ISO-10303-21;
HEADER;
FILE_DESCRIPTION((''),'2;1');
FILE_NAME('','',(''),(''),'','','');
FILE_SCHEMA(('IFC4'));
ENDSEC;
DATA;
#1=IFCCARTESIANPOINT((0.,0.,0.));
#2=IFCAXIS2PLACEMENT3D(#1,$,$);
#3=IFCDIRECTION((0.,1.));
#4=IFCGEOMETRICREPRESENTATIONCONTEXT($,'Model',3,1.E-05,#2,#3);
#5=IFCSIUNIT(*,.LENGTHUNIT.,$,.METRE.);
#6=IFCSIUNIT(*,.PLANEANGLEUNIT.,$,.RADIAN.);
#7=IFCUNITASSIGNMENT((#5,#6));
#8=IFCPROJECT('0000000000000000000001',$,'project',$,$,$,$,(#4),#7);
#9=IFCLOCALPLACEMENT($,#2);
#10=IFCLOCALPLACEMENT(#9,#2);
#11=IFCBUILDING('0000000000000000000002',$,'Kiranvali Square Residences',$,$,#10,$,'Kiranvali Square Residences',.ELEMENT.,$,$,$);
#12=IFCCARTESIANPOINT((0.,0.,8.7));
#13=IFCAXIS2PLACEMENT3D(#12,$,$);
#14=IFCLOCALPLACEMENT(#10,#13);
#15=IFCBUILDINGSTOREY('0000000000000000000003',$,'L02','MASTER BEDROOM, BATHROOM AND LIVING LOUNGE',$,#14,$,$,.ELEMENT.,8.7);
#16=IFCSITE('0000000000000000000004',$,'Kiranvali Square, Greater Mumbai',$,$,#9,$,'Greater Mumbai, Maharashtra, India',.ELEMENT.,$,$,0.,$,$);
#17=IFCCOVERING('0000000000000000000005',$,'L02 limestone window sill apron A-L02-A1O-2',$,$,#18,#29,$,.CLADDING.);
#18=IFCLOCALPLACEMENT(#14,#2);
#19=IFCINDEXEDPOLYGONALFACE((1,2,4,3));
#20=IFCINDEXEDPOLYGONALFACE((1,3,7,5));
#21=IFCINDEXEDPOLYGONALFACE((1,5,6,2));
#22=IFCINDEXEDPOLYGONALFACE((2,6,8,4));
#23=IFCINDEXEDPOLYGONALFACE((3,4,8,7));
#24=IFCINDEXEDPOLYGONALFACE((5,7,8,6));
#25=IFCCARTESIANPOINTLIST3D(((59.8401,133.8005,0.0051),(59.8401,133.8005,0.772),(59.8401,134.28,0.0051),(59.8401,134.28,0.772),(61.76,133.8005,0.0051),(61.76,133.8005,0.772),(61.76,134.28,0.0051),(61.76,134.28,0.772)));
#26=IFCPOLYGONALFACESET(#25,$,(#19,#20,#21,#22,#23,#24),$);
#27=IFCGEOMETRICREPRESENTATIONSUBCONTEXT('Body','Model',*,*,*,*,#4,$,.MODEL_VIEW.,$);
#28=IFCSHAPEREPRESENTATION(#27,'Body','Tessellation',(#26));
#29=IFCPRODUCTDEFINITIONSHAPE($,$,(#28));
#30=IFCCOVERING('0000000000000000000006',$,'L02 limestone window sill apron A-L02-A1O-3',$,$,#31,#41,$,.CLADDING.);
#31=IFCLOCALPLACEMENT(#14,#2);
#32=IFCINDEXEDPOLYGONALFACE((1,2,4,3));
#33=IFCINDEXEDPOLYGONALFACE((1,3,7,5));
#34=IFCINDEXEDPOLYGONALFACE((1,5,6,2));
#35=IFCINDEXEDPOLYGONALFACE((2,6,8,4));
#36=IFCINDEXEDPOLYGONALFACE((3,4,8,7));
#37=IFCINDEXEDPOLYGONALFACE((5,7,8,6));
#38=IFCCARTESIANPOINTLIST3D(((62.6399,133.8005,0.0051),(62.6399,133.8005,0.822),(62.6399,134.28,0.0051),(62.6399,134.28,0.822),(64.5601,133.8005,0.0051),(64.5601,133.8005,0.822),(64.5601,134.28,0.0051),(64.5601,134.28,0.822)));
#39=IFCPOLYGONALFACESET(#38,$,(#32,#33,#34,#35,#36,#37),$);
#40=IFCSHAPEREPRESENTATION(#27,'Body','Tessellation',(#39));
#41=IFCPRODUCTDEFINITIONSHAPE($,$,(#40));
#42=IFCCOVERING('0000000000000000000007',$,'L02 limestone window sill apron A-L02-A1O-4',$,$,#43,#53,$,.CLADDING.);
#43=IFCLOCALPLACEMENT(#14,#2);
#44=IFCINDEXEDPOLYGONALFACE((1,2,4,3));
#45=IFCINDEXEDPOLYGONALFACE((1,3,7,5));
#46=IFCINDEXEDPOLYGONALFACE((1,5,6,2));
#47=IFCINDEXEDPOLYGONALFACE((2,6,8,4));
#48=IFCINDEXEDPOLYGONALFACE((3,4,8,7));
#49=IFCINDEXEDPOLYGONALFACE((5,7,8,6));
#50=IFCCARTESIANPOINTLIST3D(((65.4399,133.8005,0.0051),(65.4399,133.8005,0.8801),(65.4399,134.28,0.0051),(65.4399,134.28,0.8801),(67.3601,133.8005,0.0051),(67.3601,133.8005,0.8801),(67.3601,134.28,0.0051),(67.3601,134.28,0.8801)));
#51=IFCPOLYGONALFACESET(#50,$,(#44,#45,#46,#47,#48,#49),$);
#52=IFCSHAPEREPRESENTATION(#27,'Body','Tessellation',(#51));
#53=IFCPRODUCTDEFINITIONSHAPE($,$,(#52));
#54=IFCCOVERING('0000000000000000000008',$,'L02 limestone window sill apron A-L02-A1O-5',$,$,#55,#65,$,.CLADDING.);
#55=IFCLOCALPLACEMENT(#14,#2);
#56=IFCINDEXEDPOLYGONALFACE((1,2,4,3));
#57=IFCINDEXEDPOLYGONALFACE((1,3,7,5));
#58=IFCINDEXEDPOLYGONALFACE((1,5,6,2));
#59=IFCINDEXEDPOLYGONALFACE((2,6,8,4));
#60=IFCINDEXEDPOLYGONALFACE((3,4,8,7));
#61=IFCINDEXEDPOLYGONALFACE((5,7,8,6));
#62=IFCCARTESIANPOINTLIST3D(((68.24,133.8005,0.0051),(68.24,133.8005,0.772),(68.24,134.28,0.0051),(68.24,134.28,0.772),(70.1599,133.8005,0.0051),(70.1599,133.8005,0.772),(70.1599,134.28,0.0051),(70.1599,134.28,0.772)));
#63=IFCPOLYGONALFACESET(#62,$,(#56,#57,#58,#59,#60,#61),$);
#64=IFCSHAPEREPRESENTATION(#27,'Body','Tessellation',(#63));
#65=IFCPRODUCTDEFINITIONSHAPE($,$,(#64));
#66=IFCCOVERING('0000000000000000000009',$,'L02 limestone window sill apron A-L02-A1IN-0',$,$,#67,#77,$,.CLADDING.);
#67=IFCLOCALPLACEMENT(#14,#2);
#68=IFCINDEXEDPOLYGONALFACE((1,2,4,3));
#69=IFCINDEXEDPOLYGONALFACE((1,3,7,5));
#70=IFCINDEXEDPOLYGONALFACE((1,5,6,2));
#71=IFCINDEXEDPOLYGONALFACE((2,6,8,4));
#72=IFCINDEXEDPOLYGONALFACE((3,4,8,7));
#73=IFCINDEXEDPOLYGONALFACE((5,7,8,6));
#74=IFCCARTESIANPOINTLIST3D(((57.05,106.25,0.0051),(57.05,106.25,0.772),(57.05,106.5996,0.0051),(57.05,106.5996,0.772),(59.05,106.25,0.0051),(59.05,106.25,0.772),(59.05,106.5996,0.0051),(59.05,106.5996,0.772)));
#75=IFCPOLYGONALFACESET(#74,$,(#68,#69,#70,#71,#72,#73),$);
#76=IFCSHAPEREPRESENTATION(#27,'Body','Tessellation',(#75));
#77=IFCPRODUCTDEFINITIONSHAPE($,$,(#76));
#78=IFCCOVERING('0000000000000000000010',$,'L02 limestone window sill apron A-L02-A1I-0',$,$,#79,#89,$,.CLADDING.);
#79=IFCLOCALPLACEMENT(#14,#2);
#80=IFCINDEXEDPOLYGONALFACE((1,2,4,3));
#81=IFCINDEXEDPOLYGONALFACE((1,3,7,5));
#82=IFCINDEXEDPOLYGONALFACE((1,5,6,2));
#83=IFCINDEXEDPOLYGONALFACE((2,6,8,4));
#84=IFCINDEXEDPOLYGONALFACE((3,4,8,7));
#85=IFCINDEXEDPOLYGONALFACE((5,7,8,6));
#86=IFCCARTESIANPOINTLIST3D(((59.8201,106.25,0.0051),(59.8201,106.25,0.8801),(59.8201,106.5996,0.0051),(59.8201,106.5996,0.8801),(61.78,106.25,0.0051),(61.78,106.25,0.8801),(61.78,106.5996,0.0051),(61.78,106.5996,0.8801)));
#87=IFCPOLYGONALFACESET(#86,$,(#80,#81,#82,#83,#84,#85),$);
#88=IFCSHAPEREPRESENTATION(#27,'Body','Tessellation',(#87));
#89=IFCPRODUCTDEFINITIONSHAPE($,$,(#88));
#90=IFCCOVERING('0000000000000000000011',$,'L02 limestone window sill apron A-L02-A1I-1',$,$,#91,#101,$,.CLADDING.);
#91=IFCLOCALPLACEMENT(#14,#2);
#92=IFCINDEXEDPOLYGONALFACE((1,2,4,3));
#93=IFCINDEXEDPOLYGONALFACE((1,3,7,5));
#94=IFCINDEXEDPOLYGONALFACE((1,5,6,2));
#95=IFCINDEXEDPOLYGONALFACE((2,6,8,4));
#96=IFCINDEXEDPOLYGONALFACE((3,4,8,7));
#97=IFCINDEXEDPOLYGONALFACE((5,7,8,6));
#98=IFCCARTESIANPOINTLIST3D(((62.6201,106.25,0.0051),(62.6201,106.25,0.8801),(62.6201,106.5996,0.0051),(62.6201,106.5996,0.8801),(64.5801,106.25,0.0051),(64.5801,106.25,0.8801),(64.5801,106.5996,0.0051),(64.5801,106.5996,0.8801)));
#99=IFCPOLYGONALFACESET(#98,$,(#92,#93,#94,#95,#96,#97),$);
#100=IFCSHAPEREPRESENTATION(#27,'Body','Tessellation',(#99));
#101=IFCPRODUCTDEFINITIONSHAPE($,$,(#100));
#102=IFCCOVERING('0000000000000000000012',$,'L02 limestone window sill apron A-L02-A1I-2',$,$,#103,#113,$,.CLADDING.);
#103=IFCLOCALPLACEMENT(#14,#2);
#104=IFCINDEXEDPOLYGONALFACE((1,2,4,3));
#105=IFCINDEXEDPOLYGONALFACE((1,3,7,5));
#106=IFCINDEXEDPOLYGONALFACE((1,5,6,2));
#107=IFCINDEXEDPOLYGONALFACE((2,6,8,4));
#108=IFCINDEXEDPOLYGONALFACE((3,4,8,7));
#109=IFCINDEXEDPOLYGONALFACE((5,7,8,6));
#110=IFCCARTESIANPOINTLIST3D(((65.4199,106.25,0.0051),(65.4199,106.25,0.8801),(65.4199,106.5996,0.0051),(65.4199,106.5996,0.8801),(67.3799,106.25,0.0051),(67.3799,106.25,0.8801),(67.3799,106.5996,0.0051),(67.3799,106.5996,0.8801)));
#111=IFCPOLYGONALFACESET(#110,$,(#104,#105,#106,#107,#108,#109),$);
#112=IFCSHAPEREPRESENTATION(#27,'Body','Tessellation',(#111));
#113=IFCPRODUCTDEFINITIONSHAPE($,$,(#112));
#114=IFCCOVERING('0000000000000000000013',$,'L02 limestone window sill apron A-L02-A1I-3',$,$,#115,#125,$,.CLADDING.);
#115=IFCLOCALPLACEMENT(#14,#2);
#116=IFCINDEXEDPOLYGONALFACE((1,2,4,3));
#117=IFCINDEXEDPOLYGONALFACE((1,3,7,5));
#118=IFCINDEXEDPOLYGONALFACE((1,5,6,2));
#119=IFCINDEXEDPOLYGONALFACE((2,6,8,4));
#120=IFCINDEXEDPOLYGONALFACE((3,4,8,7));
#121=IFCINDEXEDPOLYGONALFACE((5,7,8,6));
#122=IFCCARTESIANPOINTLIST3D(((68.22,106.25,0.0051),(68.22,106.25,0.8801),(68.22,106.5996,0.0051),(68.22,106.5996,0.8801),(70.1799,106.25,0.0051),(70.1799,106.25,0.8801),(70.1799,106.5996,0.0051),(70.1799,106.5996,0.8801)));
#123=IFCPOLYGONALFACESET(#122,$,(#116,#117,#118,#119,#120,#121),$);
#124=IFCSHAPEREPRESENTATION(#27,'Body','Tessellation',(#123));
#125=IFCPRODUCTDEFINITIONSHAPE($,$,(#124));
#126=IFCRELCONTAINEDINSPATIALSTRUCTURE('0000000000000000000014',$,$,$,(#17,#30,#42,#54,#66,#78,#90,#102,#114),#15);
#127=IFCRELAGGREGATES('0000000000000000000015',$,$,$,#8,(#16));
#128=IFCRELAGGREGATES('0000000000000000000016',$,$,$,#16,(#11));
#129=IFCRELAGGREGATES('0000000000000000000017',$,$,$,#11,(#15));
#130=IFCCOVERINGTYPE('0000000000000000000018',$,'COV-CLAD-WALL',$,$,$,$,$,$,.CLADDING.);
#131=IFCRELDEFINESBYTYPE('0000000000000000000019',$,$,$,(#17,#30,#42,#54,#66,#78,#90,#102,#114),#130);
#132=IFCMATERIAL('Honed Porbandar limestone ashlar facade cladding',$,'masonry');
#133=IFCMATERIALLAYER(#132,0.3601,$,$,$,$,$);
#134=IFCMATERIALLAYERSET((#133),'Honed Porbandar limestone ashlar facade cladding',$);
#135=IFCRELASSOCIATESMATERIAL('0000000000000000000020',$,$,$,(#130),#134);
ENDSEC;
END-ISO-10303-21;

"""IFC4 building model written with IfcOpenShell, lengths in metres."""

from ifc_helpers import new_model, si_unit, direction, frame, origin, place, context, subcontext, project, spatial, polyline, outline, extrude, material, layer, layer_set, type_object, element, save


model = new_model("IFC4")

# Units and contexts
model_context = context("Model", 3, precision=1e-05, world=origin(), true_north=direction((0.0, 1.0)))
body_context = subcontext(model_context, "Body", "Model", "MODEL_VIEW")
ifc_project = project(units=[si_unit("LENGTHUNIT", "METRE"), si_unit("PLANEANGLEUNIT", "RADIAN")], contexts=[model_context])

# Site, building, storey
site_placement = place(None, origin())
site = spatial("IfcSite", under=ifc_project, at=site_placement, Name="Kiranvali Square, Greater Mumbai", LongName="Greater Mumbai, Maharashtra, India", CompositionType="ELEMENT", RefElevation=0.0)
building_placement = place(site_placement, origin())
building = spatial("IfcBuilding", under=site, at=building_placement, Name="Kiranvali Square Residences", LongName="Kiranvali Square Residences", CompositionType="ELEMENT")
storey_placement = place(building_placement, frame((0.0, 0.0, 8.7)))
storey = spatial("IfcBuildingStorey", under=building, at=storey_placement, Name="L02", Description="MASTER BEDROOM, BATHROOM AND LIVING LOUNGE", CompositionType="ELEMENT", Elevation=8.7)

# Coverings
ifc_material = material(Name="Honed Porbandar limestone ashlar facade cladding", Category="masonry")
ifc_layer_1 = layer(ifc_material, 0.3601)
ifc_layer_set_1 = layer_set([ifc_layer_1], Name="Honed Porbandar limestone ashlar facade cladding")
covering_type_1 = type_object("IfcCoveringType", Name="COV-CLAD-WALL", PredefinedType="CLADDING", material=ifc_layer_set_1)
covering_1_placement = place(storey_placement, frame((0.0, 0.0, 0.0051)))
element("IfcCovering", 1, at=covering_1_placement, inside=storey, type_object=covering_type_1, Name="L02 limestone window sill apron A-L02-A1O-2", PredefinedType="CLADDING", context=body_context, shape_type="SweptSolid", body=[
    extrude(outline(polyline([(59.8401, 133.8005), (61.76, 133.8005), (61.76, 134.28), (59.8401, 134.28), (59.8401, 133.8005)])), origin(), (0.0, 0.0, 1.0), 0.7668),
])
covering_2_placement = place(storey_placement, frame((0.0, 0.0, 0.0051)))
element("IfcCovering", 2, at=covering_2_placement, inside=storey, type_object=covering_type_1, Name="L02 limestone window sill apron A-L02-A1O-3", PredefinedType="CLADDING", context=body_context, shape_type="SweptSolid", body=[
    extrude(outline(polyline([(62.6399, 133.8005), (64.5601, 133.8005), (64.5601, 134.28), (62.6399, 134.28), (62.6399, 133.8005)])), origin(), (0.0, 0.0, 1.0), 0.8169),
])
covering_3_placement = place(storey_placement, frame((0.0, 0.0, 0.0051)))
element("IfcCovering", 3, at=covering_3_placement, inside=storey, type_object=covering_type_1, Name="L02 limestone window sill apron A-L02-A1O-4", PredefinedType="CLADDING", context=body_context, shape_type="SweptSolid", body=[
    extrude(outline(polyline([(65.4399, 133.8005), (67.3601, 133.8005), (67.3601, 134.28), (65.4399, 134.28), (65.4399, 133.8005)])), origin(), (0.0, 0.0, 1.0), 0.875),
])
covering_4_placement = place(storey_placement, frame((0.0, 0.0, 0.0051)))
element("IfcCovering", 4, at=covering_4_placement, inside=storey, type_object=covering_type_1, Name="L02 limestone window sill apron A-L02-A1O-5", PredefinedType="CLADDING", context=body_context, shape_type="SweptSolid", body=[
    extrude(outline(polyline([(68.24, 133.8005), (70.1599, 133.8005), (70.1599, 134.28), (68.24, 134.28), (68.24, 133.8005)])), origin(), (0.0, 0.0, 1.0), 0.7668),
])
covering_5_placement = place(storey_placement, frame((0.0, 0.0, 0.0051)))
element("IfcCovering", 5, at=covering_5_placement, inside=storey, type_object=covering_type_1, Name="L02 limestone window sill apron A-L02-A1IN-0", PredefinedType="CLADDING", context=body_context, shape_type="SweptSolid", body=[
    extrude(outline(polyline([(57.05, 106.25), (59.05, 106.25), (59.05, 106.5996), (57.05, 106.5996), (57.05, 106.25)])), origin(), (0.0, 0.0, 1.0), 0.7668),
])
covering_6_placement = place(storey_placement, frame((0.0, 0.0, 0.0051)))
element("IfcCovering", 6, at=covering_6_placement, inside=storey, type_object=covering_type_1, Name="L02 limestone window sill apron A-L02-A1I-0", PredefinedType="CLADDING", context=body_context, shape_type="SweptSolid", body=[
    extrude(outline(polyline([(59.8201, 106.25), (61.78, 106.25), (61.78, 106.5996), (59.8201, 106.5996), (59.8201, 106.25)])), origin(), (0.0, 0.0, 1.0), 0.875),
])
covering_7_placement = place(storey_placement, frame((0.0, 0.0, 0.0051)))
element("IfcCovering", 7, at=covering_7_placement, inside=storey, type_object=covering_type_1, Name="L02 limestone window sill apron A-L02-A1I-1", PredefinedType="CLADDING", context=body_context, shape_type="SweptSolid", body=[
    extrude(outline(polyline([(62.6201, 106.25), (64.5801, 106.25), (64.5801, 106.5996), (62.6201, 106.5996), (62.6201, 106.25)])), origin(), (0.0, 0.0, 1.0), 0.875),
])
covering_8_placement = place(storey_placement, frame((0.0, 0.0, 0.0051)))
element("IfcCovering", 8, at=covering_8_placement, inside=storey, type_object=covering_type_1, Name="L02 limestone window sill apron A-L02-A1I-2", PredefinedType="CLADDING", context=body_context, shape_type="SweptSolid", body=[
    extrude(outline(polyline([(65.4199, 106.25), (67.3799, 106.25), (67.3799, 106.5996), (65.4199, 106.5996), (65.4199, 106.25)])), origin(), (0.0, 0.0, 1.0), 0.875),
])
covering_9_placement = place(storey_placement, frame((0.0, 0.0, 0.0051)))
element("IfcCovering", 9, at=covering_9_placement, inside=storey, type_object=covering_type_1, Name="L02 limestone window sill apron A-L02-A1I-3", PredefinedType="CLADDING", context=body_context, shape_type="SweptSolid", body=[
    extrude(outline(polyline([(68.22, 106.25), (70.1799, 106.25), (70.1799, 106.5996), (68.22, 106.5996), (68.22, 106.25)])), origin(), (0.0, 0.0, 1.0), 0.875),
])

save(model, "model.ifc")
